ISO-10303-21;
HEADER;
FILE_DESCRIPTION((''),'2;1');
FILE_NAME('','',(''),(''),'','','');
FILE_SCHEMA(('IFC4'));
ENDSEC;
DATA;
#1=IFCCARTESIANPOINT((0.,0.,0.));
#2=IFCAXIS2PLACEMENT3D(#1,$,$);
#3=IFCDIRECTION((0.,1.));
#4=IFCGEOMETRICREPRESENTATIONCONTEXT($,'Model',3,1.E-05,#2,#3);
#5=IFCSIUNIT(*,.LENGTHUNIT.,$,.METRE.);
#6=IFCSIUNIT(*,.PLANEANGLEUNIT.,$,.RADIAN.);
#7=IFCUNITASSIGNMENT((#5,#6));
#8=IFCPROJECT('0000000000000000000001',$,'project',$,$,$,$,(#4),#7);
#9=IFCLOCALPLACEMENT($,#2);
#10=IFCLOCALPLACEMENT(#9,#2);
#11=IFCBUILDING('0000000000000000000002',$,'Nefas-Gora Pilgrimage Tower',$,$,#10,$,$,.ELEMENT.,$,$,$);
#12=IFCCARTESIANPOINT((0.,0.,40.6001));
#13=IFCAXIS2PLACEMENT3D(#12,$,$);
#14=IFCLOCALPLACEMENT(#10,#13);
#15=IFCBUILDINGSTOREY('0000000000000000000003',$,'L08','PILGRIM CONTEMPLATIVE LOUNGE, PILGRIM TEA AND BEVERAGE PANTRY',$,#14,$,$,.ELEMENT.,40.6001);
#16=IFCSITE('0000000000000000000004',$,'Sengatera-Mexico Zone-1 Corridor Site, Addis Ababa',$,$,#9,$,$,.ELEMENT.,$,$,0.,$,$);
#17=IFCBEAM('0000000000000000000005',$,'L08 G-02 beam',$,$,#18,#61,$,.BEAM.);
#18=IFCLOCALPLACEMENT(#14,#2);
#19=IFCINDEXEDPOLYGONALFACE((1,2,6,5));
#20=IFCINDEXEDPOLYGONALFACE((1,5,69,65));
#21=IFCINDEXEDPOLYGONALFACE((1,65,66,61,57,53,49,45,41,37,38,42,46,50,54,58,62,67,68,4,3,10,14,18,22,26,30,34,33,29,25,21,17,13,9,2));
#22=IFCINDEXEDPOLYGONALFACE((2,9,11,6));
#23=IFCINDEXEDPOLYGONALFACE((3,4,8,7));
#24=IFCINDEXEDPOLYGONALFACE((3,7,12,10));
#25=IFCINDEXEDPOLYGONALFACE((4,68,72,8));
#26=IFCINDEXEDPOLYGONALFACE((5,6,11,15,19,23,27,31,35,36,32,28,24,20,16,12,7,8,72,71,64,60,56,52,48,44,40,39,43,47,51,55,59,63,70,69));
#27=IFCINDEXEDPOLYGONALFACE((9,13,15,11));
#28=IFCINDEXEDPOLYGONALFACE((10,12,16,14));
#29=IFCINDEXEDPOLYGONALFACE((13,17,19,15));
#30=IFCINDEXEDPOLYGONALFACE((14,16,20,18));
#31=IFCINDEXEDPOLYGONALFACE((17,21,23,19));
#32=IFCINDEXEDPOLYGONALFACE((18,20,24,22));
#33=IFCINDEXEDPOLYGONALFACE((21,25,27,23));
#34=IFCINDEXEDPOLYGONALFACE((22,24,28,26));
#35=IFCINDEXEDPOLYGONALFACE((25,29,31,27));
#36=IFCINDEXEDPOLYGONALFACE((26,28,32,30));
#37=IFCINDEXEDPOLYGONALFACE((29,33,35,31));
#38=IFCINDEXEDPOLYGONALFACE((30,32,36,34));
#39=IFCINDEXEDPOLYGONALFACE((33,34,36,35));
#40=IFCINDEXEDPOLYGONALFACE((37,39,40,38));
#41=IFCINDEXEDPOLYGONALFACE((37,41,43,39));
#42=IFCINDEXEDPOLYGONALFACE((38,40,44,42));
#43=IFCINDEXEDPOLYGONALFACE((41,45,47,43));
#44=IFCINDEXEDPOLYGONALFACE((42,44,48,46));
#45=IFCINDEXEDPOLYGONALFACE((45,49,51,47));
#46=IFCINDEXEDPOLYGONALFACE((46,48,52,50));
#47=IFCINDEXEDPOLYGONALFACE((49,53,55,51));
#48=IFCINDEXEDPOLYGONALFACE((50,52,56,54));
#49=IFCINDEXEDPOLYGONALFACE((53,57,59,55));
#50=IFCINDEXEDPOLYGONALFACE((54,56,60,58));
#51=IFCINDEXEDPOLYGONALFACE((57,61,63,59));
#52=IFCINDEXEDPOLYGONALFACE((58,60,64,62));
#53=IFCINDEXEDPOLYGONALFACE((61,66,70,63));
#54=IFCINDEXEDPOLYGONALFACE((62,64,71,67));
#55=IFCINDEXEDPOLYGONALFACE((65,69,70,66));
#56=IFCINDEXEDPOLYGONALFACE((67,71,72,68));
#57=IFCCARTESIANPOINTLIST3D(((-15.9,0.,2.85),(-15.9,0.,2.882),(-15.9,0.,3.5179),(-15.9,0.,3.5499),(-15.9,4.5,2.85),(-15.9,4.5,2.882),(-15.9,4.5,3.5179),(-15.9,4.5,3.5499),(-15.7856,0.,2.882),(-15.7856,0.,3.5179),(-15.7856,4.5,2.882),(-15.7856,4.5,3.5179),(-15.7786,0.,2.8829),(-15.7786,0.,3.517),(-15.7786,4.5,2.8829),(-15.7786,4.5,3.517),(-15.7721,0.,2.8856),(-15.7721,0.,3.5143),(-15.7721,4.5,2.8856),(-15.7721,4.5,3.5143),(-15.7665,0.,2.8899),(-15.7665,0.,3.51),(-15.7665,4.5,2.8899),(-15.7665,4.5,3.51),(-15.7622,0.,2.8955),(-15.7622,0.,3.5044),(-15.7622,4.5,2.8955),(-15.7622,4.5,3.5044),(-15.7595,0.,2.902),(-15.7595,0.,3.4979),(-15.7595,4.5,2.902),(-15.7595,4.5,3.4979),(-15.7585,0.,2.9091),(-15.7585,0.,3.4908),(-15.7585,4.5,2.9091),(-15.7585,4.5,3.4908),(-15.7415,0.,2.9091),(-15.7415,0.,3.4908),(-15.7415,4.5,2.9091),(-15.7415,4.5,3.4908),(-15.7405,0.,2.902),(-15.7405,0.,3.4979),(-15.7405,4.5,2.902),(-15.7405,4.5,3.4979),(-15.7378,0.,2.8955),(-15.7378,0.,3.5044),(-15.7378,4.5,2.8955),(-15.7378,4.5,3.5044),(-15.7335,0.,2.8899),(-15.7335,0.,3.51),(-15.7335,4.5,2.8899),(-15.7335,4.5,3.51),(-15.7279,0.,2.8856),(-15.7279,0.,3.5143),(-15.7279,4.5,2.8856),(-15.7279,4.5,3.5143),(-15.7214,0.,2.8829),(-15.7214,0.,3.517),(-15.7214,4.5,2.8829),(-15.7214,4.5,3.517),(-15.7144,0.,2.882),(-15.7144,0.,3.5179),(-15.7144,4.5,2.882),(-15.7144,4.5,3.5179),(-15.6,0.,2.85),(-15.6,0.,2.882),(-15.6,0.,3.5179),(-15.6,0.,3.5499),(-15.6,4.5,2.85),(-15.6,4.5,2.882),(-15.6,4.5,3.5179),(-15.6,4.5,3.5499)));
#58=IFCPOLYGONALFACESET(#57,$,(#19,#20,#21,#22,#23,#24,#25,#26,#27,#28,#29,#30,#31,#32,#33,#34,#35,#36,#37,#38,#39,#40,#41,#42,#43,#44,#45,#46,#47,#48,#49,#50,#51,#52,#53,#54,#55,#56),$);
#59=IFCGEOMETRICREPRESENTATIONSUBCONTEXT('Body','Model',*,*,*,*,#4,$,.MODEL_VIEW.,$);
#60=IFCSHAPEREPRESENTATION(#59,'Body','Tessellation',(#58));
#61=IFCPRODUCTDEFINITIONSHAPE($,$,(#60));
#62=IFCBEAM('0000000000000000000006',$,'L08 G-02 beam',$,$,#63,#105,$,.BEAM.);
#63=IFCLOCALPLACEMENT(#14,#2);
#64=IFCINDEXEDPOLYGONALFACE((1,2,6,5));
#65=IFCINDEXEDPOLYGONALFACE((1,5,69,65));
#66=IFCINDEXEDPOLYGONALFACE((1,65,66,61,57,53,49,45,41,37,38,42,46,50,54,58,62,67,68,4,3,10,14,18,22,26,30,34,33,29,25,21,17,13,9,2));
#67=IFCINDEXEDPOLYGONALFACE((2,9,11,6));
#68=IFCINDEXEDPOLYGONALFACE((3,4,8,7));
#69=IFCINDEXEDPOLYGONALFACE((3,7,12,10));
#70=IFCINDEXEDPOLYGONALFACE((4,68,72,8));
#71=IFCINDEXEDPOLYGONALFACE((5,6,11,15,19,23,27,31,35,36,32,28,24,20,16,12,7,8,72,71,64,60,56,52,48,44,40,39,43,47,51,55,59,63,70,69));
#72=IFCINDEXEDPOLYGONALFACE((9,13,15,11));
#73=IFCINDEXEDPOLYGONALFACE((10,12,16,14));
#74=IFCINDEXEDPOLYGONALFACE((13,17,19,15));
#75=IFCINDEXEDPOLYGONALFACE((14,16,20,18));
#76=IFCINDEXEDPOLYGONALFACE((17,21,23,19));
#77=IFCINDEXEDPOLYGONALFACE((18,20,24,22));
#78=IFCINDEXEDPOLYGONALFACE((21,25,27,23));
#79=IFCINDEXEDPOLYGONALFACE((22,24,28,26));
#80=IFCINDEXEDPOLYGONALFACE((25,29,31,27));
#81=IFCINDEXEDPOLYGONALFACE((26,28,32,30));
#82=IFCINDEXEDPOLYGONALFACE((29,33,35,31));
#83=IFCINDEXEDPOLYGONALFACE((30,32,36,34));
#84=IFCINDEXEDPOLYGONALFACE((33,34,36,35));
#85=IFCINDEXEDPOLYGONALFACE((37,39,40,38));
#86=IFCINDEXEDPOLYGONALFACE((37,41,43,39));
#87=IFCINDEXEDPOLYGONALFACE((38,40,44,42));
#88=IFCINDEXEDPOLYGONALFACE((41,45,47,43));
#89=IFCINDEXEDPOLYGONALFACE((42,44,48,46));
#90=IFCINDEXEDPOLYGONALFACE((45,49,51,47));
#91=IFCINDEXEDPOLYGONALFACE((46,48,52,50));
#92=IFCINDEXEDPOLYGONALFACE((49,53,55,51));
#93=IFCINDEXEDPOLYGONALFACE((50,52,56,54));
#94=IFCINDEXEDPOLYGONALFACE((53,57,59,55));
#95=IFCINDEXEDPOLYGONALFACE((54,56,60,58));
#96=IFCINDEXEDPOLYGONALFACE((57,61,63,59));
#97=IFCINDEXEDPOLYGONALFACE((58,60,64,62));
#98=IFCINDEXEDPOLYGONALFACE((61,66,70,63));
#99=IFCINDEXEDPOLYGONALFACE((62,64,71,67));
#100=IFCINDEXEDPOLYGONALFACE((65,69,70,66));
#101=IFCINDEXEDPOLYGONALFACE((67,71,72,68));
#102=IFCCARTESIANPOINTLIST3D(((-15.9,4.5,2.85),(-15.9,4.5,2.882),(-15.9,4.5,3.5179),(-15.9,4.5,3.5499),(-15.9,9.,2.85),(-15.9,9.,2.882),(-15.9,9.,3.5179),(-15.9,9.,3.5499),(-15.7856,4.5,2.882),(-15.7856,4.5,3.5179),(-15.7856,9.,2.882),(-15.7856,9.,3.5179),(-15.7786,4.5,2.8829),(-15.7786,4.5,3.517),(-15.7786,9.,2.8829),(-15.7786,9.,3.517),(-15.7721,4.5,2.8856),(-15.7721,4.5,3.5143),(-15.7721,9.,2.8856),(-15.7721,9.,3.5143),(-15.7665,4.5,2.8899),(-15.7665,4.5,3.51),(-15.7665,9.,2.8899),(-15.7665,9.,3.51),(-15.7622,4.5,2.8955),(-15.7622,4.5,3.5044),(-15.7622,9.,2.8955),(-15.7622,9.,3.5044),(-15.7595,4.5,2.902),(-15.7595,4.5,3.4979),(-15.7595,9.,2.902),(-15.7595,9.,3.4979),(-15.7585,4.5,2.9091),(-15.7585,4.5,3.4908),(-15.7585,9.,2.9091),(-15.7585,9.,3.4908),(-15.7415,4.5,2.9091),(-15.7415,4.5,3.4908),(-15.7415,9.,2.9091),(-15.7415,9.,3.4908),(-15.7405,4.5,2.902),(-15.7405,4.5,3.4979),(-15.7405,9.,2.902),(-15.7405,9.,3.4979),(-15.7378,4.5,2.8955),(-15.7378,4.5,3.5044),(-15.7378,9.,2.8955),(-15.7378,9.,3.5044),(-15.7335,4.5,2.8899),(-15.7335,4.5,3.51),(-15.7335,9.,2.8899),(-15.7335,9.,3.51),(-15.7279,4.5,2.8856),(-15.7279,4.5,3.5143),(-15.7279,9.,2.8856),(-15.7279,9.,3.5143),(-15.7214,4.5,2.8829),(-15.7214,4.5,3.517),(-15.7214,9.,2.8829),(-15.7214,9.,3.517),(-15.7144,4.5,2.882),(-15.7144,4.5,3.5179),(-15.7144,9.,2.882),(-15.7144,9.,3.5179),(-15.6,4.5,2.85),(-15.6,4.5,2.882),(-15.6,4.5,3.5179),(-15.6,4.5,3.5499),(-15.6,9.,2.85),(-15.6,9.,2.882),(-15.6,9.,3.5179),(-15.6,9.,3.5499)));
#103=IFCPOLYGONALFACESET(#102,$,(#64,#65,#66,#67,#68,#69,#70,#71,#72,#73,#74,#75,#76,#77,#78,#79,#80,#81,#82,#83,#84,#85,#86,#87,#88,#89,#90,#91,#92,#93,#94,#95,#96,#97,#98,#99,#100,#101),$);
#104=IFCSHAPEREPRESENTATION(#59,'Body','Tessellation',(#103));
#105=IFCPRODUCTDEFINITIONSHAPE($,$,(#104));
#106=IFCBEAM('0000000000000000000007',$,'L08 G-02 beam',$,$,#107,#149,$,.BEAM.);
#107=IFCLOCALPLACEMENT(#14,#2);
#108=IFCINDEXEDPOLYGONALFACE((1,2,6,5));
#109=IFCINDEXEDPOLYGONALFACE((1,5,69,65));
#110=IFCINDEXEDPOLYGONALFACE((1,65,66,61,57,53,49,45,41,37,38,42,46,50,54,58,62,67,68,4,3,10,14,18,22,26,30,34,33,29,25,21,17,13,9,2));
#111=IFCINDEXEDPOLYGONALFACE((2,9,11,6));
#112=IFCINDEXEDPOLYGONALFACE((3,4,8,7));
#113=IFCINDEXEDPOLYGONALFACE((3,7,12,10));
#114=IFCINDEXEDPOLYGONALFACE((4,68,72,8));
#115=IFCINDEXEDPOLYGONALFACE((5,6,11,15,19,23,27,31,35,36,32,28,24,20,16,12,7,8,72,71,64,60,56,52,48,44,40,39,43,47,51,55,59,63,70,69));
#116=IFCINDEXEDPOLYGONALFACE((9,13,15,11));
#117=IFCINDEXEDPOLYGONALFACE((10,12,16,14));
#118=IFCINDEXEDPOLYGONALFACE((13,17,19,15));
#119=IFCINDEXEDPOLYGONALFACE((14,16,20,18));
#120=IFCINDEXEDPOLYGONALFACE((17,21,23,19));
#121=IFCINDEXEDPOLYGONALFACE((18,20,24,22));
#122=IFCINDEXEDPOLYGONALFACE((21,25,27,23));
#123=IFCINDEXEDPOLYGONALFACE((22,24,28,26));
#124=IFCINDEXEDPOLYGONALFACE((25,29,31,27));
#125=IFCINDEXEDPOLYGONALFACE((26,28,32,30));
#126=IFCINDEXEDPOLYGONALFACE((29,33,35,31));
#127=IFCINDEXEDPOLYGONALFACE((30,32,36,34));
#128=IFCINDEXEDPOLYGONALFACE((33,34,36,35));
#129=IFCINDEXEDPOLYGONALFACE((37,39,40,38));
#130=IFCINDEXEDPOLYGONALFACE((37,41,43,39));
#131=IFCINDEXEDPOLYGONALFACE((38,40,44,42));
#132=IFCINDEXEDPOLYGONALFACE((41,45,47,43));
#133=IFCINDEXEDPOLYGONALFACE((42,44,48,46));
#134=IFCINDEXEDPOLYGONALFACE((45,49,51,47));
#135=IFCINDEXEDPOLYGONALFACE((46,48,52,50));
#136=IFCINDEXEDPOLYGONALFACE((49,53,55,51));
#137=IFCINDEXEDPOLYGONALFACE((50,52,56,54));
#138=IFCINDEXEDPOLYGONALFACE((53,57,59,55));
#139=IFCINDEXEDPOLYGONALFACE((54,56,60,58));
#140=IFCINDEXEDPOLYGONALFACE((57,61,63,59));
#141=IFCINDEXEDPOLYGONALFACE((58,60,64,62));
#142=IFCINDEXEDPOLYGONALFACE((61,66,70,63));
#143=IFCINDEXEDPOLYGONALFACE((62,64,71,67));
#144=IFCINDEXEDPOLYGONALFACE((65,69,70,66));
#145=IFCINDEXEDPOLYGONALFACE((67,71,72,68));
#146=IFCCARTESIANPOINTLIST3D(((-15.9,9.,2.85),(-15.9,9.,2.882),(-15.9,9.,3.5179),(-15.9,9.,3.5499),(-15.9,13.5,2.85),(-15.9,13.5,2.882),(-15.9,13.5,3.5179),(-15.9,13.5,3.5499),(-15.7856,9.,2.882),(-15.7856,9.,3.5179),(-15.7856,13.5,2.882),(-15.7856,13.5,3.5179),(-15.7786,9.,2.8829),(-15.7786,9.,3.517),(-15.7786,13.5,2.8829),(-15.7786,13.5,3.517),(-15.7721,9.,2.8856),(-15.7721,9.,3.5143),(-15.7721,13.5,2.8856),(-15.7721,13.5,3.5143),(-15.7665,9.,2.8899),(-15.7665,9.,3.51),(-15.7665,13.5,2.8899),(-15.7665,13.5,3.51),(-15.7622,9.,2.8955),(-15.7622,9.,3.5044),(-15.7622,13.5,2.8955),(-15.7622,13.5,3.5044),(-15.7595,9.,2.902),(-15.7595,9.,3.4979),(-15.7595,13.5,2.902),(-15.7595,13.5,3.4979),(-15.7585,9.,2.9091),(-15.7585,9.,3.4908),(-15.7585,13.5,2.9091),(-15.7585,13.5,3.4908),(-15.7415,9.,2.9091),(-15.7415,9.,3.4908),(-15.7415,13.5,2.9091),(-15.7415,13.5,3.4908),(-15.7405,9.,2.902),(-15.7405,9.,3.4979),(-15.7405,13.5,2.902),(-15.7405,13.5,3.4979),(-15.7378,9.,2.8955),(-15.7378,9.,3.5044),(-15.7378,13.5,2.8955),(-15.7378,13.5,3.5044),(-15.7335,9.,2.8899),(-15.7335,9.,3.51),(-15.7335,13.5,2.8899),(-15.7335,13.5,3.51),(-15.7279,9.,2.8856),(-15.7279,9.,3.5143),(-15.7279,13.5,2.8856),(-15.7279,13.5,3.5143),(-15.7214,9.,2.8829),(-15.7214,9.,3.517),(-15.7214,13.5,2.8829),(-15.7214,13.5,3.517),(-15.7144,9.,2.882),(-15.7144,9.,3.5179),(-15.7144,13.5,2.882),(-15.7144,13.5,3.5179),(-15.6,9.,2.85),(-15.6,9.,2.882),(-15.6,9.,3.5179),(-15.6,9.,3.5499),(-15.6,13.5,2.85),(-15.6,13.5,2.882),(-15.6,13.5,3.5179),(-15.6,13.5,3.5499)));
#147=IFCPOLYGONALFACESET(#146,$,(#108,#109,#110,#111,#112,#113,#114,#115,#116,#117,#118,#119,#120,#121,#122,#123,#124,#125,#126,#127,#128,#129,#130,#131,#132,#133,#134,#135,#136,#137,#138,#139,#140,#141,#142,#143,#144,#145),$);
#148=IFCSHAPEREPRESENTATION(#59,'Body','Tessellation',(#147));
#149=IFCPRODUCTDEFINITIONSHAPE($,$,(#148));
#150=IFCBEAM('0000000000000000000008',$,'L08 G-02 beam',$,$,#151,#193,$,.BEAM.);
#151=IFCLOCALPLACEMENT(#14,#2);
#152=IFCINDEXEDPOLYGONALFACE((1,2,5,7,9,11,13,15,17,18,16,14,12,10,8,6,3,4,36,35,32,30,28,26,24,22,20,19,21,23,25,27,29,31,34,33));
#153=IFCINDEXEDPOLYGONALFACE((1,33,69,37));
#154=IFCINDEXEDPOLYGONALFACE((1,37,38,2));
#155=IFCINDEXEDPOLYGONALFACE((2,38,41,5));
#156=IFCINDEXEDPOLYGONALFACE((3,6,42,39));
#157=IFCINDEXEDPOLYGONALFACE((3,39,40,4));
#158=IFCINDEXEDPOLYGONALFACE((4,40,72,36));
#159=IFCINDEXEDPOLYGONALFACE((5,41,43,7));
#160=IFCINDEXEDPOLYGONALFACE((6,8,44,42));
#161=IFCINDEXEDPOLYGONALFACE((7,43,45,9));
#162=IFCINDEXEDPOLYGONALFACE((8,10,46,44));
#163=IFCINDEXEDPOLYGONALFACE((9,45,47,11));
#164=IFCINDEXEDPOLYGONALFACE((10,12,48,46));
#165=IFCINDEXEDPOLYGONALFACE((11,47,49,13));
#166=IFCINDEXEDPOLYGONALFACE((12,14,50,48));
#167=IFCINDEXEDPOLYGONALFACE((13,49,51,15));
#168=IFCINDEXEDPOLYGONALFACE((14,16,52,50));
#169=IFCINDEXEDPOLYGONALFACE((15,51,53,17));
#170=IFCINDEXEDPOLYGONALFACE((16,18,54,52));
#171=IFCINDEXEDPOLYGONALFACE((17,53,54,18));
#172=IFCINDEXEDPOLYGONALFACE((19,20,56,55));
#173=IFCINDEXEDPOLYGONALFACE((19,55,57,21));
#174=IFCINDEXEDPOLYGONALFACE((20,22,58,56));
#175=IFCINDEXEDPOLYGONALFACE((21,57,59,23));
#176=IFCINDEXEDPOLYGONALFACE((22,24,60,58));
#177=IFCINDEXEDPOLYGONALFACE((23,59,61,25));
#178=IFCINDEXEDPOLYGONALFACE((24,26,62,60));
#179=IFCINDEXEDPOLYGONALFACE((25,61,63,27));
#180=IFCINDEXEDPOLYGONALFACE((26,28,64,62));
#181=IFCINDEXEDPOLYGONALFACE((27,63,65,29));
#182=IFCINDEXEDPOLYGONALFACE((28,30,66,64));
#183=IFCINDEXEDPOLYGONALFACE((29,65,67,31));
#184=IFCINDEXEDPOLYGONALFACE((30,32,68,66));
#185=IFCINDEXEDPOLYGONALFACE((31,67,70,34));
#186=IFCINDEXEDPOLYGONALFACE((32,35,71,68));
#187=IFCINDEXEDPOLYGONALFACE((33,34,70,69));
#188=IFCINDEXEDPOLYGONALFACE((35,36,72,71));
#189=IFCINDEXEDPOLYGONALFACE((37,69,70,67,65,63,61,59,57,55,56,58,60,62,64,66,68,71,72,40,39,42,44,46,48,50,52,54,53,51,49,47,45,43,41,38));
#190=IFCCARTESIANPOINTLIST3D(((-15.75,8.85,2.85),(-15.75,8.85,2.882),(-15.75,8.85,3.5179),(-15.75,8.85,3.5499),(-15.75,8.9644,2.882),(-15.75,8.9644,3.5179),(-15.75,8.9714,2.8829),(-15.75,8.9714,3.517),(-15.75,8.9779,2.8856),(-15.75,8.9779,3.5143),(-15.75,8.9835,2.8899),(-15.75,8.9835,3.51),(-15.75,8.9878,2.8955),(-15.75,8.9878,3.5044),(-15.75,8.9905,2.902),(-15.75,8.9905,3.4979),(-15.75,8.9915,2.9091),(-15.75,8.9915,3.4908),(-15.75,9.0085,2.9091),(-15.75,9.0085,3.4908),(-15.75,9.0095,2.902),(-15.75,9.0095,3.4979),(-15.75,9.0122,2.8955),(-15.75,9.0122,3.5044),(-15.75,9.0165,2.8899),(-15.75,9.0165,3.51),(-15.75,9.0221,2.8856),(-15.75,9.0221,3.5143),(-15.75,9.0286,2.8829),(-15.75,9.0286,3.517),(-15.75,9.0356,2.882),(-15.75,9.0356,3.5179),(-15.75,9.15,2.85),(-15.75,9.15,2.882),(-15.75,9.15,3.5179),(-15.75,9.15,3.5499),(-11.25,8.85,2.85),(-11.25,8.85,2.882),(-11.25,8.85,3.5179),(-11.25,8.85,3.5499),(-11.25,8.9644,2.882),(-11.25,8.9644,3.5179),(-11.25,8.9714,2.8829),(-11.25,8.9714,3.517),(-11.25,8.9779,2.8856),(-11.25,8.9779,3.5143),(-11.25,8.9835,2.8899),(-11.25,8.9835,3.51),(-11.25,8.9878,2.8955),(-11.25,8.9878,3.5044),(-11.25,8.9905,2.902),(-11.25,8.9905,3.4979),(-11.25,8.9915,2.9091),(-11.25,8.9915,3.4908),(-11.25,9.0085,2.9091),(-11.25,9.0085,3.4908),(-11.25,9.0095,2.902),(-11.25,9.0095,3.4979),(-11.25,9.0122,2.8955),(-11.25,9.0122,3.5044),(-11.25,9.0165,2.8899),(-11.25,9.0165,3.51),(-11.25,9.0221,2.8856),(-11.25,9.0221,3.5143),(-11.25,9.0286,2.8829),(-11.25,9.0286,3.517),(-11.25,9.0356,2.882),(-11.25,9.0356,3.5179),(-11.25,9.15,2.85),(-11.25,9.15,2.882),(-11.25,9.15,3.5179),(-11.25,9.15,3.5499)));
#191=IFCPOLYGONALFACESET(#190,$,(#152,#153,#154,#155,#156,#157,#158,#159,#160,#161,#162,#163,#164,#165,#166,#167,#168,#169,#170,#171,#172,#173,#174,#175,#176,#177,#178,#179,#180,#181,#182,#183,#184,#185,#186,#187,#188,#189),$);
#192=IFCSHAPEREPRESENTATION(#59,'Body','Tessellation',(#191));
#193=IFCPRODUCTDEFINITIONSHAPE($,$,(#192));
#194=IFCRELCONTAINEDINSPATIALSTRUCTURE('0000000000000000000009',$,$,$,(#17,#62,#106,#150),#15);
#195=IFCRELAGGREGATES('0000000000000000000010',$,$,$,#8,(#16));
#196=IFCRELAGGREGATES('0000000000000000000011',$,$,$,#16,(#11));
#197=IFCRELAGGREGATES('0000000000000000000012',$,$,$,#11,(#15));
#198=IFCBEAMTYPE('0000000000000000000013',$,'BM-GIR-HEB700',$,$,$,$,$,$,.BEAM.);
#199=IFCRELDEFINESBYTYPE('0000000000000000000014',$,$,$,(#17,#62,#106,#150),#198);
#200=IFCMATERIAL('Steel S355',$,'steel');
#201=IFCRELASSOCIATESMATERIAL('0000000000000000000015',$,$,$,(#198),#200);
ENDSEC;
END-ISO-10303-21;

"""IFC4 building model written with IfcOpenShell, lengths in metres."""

from ifc_helpers import new_model, si_unit, direction, frame, origin, origin_2d, place, context, subcontext, project, spatial, i_section, extrude, source, transform, mapped, material, material_profile, profile_set, type_object, element, save


model = new_model("IFC4")

# Units and contexts
model_context = context("Model", 3, precision=1e-05, world=origin(), true_north=direction((0.0, 1.0)))
body_context = subcontext(model_context, "Body", "Model", "MODEL_VIEW")
ifc_project = project(units=[si_unit("LENGTHUNIT", "METRE"), si_unit("PLANEANGLEUNIT", "RADIAN")], contexts=[model_context])

# Site, building, storey
site_placement = place(None, origin())
site = spatial("IfcSite", under=ifc_project, at=site_placement, Name="Sengatera-Mexico Zone-1 Corridor Site, Addis Ababa", CompositionType="ELEMENT", RefElevation=0.0)
building_placement = place(site_placement, origin())
building = spatial("IfcBuilding", under=site, at=building_placement, Name="Nefas-Gora Pilgrimage Tower", CompositionType="ELEMENT")
storey_placement = place(building_placement, frame((0.0, 0.0, 40.6001)))
storey = spatial("IfcBuildingStorey", under=building, at=storey_placement, Name="L08", Description="PILGRIM CONTEMPLATIVE LOUNGE, PILGRIM TEA AND BEVERAGE PANTRY", CompositionType="ELEMENT", Elevation=40.6001)

# Beams
ifc_material_1 = material(Name="Steel S355", Category="steel")
ifc_material_profile_1 = material_profile(ifc_material_1, i_section(OverallWidth=0.3, OverallDepth=0.7, WebThickness=0.0171, FlangeThickness=0.032, FilletRadius=0.0271, at=origin_2d()), Name="HEB 700")
ifc_profile_set_1 = profile_set([ifc_material_profile_1], Name="Steel S355")
beam_type_1 = type_object("IfcBeamType", Name="BM-GIR-HEB700", PredefinedType="BEAM", material=ifc_profile_set_1)
shared_shape_1 = source(origin(), body_context, "Body", "SweptSolid", [
    extrude(i_section(OverallWidth=0.3, OverallDepth=0.7, WebThickness=0.0171, FlangeThickness=0.032, FilletRadius=0.0271, at=origin_2d()), origin(), (0.0, 0.0, 1.0), 4.5),
])
for number, where, z_axis, x_axis, name in (
    (1, (-15.75, 0.0, 3.2), (0.0, 1.0, 0.0), (-1.0, 0.0, 0.0), "L08 G-02 beam"),
    (2, (-15.75, 4.5, 3.2), (0.0, 1.0, 0.0), (-1.0, 0.0, 0.0), "L08 G-02 beam"),
    (3, (-15.75, 9.0, 3.2), (0.0, 1.0, 0.0), (-1.0, 0.0, 0.0), "L08 G-02 beam"),
    (4, (-15.75, 9.0, 3.2), (1.0, 0.0, 0.0), (0.0, 1.0, 0.0), "L08 G-02 beam"),
):
    element("IfcBeam", number, at=place(storey_placement, frame(where, z_axis=z_axis, x_axis=x_axis)), inside=storey, type_object=beam_type_1, Name=name, PredefinedType="BEAM", context=body_context, shape_type="MappedRepresentation", body=[
        mapped(shared_shape_1, transform((0.0, 0.0, 0.0), x_axis=(1.0, 0.0, 0.0), y_axis=(0.0, 1.0, 0.0), z_axis=(0.0, 0.0, 1.0), scale=1.0)),
    ])

save(model, "model.ifc")
